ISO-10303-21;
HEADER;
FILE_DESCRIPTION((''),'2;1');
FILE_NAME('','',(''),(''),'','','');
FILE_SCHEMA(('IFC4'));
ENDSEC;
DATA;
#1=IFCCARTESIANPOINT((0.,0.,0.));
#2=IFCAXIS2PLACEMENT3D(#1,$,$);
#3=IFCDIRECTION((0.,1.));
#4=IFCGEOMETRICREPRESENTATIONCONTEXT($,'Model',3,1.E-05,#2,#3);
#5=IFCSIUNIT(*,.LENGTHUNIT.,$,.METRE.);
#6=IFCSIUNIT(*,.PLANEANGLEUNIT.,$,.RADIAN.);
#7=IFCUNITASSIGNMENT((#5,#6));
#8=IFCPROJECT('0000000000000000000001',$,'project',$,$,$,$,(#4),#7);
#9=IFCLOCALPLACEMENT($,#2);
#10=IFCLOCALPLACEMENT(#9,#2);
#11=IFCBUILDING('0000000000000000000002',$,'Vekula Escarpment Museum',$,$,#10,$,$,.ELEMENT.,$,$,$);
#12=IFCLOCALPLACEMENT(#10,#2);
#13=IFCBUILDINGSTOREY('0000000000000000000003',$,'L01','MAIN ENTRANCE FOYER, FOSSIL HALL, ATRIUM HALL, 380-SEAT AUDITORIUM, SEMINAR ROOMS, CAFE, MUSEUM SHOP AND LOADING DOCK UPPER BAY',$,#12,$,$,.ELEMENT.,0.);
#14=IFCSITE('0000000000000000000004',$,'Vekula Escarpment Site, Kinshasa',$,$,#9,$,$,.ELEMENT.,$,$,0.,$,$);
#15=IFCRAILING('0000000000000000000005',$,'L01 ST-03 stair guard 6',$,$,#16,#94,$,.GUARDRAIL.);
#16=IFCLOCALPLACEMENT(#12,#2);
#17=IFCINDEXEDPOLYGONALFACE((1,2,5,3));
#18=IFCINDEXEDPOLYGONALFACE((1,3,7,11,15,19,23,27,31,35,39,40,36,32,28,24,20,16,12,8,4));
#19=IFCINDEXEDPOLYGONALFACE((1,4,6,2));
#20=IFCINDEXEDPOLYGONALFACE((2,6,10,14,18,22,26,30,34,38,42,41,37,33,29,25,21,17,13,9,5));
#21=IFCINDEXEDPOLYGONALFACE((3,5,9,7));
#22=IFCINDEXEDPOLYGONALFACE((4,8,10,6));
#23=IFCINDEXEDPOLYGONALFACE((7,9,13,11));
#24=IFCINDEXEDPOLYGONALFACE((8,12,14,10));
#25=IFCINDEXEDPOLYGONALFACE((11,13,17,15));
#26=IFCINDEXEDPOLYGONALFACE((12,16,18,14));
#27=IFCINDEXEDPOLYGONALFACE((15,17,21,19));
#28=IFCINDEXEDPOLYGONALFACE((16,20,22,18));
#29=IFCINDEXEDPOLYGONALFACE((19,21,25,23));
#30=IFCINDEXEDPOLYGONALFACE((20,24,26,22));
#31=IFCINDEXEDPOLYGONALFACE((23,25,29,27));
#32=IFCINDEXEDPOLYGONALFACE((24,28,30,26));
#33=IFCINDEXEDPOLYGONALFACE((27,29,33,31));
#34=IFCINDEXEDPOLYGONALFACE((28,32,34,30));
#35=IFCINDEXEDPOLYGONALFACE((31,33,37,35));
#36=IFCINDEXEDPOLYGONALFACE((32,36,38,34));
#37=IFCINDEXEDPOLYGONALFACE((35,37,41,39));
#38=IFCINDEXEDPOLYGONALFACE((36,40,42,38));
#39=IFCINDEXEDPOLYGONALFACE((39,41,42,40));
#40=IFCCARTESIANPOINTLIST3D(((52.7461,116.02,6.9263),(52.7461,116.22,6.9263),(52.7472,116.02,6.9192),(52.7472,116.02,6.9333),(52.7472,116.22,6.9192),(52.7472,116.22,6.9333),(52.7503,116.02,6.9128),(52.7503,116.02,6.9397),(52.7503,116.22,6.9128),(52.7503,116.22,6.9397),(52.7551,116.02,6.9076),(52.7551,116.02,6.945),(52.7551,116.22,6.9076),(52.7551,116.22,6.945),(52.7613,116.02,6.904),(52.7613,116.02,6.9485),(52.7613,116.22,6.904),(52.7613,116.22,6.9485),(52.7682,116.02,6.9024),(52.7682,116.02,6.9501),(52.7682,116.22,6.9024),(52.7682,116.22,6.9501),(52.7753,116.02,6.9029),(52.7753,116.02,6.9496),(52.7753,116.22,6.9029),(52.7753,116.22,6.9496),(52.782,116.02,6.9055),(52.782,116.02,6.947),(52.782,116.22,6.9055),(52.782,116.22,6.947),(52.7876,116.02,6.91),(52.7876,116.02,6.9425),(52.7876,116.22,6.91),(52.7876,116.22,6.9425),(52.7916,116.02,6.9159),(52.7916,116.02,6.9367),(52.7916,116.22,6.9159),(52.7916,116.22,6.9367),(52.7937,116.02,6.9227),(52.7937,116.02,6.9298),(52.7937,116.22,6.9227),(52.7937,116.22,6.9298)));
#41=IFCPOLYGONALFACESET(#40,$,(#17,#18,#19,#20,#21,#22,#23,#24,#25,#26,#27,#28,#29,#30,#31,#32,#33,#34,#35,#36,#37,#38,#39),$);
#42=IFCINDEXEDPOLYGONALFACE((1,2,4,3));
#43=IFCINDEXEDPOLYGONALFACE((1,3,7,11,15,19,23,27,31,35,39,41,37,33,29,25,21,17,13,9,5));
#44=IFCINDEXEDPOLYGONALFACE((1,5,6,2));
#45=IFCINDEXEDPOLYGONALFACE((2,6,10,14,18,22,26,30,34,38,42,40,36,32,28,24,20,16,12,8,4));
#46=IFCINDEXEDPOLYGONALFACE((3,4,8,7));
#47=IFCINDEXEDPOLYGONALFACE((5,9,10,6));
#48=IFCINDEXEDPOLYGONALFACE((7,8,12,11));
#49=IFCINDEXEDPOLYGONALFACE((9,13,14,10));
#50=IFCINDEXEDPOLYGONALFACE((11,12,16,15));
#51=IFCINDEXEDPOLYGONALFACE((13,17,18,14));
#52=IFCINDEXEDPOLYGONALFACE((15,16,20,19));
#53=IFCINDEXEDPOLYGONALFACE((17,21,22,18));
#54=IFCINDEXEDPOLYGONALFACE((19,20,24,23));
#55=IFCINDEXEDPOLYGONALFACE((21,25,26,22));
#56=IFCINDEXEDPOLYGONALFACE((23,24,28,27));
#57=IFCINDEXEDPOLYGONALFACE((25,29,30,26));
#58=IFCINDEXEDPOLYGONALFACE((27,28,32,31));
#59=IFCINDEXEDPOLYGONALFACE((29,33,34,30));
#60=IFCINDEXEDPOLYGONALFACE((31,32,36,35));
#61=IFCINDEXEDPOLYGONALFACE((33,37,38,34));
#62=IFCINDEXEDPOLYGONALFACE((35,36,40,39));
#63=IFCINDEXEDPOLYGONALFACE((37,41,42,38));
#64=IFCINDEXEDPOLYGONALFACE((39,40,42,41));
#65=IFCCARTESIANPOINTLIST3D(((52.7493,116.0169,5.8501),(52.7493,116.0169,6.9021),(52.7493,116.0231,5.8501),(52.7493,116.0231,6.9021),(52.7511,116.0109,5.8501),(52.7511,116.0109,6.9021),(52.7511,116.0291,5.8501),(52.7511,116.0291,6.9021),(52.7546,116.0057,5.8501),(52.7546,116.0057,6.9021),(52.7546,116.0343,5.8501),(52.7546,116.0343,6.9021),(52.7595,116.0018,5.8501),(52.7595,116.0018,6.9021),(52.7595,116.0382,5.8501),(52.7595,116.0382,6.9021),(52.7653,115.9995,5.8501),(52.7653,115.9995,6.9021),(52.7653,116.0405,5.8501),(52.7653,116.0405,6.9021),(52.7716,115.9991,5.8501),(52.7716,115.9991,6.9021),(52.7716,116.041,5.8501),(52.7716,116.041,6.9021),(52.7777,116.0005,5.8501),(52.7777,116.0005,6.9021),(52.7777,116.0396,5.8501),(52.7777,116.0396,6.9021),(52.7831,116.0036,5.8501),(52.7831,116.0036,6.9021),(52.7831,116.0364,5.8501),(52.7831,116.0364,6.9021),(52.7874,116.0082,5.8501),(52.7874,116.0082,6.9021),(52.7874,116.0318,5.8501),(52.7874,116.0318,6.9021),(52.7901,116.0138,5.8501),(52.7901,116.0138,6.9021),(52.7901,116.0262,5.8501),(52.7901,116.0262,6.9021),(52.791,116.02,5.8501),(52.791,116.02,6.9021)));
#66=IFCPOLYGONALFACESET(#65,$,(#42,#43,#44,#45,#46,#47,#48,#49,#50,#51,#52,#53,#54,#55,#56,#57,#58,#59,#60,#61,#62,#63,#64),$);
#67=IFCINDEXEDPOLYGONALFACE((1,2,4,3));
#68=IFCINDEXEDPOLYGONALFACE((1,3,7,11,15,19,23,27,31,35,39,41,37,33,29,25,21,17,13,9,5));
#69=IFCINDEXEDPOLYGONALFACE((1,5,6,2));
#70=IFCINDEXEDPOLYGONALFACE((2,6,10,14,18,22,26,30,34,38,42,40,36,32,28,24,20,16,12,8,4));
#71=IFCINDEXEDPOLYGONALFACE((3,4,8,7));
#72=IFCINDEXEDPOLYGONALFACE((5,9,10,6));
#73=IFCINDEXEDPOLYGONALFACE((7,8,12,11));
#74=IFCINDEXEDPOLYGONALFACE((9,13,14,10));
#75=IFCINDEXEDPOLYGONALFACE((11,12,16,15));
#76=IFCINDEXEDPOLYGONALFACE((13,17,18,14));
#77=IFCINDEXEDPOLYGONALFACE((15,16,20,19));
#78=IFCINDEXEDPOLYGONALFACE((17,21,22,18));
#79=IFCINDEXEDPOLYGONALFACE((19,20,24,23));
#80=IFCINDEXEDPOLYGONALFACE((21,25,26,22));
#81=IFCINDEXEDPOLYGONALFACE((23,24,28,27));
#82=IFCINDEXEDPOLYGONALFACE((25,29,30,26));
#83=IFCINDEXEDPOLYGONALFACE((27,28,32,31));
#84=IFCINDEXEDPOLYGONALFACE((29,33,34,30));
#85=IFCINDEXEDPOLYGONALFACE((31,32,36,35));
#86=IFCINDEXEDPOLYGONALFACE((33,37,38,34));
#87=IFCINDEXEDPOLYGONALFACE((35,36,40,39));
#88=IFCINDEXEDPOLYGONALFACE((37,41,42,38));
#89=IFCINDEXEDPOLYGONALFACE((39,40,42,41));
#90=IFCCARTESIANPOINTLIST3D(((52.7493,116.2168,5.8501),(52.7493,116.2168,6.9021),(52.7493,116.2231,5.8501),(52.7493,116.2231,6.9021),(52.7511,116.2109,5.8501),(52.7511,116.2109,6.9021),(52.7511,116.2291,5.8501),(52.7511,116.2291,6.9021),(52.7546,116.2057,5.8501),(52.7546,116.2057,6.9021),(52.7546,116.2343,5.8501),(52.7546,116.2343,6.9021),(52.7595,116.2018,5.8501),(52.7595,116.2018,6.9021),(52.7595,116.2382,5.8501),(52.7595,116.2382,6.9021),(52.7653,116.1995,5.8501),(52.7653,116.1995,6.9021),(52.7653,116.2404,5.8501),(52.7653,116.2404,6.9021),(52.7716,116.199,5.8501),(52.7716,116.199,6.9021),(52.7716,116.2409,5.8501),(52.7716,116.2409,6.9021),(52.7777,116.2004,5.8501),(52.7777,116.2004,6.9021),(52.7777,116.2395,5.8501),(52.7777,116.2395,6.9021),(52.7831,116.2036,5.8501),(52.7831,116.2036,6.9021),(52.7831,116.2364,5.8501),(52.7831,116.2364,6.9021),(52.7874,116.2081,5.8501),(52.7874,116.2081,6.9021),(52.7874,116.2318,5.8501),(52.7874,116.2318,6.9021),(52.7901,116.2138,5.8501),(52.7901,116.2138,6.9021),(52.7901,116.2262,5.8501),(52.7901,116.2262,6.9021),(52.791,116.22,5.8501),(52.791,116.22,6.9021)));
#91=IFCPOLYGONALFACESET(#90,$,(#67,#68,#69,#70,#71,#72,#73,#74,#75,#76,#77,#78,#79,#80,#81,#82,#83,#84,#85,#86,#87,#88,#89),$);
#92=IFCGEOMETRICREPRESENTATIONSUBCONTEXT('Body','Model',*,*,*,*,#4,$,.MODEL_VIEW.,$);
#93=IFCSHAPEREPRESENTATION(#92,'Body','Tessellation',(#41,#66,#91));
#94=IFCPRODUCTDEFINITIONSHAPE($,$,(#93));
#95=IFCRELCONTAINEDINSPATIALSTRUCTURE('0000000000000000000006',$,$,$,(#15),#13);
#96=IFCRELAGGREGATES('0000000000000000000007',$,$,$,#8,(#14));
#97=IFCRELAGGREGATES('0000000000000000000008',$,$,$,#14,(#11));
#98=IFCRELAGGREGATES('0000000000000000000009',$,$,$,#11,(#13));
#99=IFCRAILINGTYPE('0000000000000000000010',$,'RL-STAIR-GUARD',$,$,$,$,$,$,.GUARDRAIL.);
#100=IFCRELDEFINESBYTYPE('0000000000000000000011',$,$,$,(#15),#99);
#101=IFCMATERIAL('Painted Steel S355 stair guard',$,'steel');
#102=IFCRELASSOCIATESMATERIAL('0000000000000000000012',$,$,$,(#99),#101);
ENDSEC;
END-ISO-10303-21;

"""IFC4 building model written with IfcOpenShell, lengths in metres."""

from ifc_helpers import new_model, si_unit, direction, frame, origin, origin_2d, place, context, subcontext, project, spatial, circle, extrude, material, type_object, element, save


model = new_model("IFC4")

# Units and contexts
model_context = context("Model", 3, precision=1e-05, world=origin(), true_north=direction((0.0, 1.0)))
body_context = subcontext(model_context, "Body", "Model", "MODEL_VIEW")
ifc_project = project(units=[si_unit("LENGTHUNIT", "METRE"), si_unit("PLANEANGLEUNIT", "RADIAN")], contexts=[model_context])

# Site, building, storey
site_placement = place(None, origin())
site = spatial("IfcSite", under=ifc_project, at=site_placement, Name="Vekula Escarpment Site, Kinshasa", CompositionType="ELEMENT", RefElevation=0.0)
building_placement = place(site_placement, origin())
building = spatial("IfcBuilding", under=site, at=building_placement, Name="Vekula Escarpment Museum", CompositionType="ELEMENT")
storey_placement = place(building_placement, origin())
storey = spatial("IfcBuildingStorey", under=building, at=storey_placement, Name="L01", Description="MAIN ENTRANCE FOYER, FOSSIL HALL, ATRIUM HALL, 380-SEAT AUDITORIUM, SEMINAR ROOMS, CAFE, MUSEUM SHOP AND LOADING DOCK UPPER BAY", CompositionType="ELEMENT", Elevation=0.0)

# Railing
ifc_material_1 = material(Name="Painted Steel S355 stair guard", Category="steel")
railing_type_1 = type_object("IfcRailingType", Name="RL-STAIR-GUARD", PredefinedType="GUARDRAIL", material=ifc_material_1)
railing_1_placement = place(storey_placement, frame((52.77, 116.02, 5.8501)))
element("IfcRailing", 1, at=railing_1_placement, inside=storey, type_object=railing_type_1, Name="L01 ST-03 stair guard 6", PredefinedType="GUARDRAIL", context=body_context, shape_type="SweptSolid", body=[
    extrude(circle(Radius=0.0239, at=origin_2d()), frame((0.0, 0.0, 1.0762), z_axis=(0.0, 1.0, 0.0), x_axis=(-1.0, 0.0, 0.0)), (0.0, 0.0, 1.0), 0.2),
    extrude(circle(Radius=0.021, at=origin_2d()), origin(), (0.0, 0.0, 1.0), 1.052),
    extrude(circle(Radius=0.021, at=origin_2d()), frame((0.0, 0.2, 0.0)), (0.0, 0.0, 1.0), 1.052),
])

save(model, "model.ifc")
